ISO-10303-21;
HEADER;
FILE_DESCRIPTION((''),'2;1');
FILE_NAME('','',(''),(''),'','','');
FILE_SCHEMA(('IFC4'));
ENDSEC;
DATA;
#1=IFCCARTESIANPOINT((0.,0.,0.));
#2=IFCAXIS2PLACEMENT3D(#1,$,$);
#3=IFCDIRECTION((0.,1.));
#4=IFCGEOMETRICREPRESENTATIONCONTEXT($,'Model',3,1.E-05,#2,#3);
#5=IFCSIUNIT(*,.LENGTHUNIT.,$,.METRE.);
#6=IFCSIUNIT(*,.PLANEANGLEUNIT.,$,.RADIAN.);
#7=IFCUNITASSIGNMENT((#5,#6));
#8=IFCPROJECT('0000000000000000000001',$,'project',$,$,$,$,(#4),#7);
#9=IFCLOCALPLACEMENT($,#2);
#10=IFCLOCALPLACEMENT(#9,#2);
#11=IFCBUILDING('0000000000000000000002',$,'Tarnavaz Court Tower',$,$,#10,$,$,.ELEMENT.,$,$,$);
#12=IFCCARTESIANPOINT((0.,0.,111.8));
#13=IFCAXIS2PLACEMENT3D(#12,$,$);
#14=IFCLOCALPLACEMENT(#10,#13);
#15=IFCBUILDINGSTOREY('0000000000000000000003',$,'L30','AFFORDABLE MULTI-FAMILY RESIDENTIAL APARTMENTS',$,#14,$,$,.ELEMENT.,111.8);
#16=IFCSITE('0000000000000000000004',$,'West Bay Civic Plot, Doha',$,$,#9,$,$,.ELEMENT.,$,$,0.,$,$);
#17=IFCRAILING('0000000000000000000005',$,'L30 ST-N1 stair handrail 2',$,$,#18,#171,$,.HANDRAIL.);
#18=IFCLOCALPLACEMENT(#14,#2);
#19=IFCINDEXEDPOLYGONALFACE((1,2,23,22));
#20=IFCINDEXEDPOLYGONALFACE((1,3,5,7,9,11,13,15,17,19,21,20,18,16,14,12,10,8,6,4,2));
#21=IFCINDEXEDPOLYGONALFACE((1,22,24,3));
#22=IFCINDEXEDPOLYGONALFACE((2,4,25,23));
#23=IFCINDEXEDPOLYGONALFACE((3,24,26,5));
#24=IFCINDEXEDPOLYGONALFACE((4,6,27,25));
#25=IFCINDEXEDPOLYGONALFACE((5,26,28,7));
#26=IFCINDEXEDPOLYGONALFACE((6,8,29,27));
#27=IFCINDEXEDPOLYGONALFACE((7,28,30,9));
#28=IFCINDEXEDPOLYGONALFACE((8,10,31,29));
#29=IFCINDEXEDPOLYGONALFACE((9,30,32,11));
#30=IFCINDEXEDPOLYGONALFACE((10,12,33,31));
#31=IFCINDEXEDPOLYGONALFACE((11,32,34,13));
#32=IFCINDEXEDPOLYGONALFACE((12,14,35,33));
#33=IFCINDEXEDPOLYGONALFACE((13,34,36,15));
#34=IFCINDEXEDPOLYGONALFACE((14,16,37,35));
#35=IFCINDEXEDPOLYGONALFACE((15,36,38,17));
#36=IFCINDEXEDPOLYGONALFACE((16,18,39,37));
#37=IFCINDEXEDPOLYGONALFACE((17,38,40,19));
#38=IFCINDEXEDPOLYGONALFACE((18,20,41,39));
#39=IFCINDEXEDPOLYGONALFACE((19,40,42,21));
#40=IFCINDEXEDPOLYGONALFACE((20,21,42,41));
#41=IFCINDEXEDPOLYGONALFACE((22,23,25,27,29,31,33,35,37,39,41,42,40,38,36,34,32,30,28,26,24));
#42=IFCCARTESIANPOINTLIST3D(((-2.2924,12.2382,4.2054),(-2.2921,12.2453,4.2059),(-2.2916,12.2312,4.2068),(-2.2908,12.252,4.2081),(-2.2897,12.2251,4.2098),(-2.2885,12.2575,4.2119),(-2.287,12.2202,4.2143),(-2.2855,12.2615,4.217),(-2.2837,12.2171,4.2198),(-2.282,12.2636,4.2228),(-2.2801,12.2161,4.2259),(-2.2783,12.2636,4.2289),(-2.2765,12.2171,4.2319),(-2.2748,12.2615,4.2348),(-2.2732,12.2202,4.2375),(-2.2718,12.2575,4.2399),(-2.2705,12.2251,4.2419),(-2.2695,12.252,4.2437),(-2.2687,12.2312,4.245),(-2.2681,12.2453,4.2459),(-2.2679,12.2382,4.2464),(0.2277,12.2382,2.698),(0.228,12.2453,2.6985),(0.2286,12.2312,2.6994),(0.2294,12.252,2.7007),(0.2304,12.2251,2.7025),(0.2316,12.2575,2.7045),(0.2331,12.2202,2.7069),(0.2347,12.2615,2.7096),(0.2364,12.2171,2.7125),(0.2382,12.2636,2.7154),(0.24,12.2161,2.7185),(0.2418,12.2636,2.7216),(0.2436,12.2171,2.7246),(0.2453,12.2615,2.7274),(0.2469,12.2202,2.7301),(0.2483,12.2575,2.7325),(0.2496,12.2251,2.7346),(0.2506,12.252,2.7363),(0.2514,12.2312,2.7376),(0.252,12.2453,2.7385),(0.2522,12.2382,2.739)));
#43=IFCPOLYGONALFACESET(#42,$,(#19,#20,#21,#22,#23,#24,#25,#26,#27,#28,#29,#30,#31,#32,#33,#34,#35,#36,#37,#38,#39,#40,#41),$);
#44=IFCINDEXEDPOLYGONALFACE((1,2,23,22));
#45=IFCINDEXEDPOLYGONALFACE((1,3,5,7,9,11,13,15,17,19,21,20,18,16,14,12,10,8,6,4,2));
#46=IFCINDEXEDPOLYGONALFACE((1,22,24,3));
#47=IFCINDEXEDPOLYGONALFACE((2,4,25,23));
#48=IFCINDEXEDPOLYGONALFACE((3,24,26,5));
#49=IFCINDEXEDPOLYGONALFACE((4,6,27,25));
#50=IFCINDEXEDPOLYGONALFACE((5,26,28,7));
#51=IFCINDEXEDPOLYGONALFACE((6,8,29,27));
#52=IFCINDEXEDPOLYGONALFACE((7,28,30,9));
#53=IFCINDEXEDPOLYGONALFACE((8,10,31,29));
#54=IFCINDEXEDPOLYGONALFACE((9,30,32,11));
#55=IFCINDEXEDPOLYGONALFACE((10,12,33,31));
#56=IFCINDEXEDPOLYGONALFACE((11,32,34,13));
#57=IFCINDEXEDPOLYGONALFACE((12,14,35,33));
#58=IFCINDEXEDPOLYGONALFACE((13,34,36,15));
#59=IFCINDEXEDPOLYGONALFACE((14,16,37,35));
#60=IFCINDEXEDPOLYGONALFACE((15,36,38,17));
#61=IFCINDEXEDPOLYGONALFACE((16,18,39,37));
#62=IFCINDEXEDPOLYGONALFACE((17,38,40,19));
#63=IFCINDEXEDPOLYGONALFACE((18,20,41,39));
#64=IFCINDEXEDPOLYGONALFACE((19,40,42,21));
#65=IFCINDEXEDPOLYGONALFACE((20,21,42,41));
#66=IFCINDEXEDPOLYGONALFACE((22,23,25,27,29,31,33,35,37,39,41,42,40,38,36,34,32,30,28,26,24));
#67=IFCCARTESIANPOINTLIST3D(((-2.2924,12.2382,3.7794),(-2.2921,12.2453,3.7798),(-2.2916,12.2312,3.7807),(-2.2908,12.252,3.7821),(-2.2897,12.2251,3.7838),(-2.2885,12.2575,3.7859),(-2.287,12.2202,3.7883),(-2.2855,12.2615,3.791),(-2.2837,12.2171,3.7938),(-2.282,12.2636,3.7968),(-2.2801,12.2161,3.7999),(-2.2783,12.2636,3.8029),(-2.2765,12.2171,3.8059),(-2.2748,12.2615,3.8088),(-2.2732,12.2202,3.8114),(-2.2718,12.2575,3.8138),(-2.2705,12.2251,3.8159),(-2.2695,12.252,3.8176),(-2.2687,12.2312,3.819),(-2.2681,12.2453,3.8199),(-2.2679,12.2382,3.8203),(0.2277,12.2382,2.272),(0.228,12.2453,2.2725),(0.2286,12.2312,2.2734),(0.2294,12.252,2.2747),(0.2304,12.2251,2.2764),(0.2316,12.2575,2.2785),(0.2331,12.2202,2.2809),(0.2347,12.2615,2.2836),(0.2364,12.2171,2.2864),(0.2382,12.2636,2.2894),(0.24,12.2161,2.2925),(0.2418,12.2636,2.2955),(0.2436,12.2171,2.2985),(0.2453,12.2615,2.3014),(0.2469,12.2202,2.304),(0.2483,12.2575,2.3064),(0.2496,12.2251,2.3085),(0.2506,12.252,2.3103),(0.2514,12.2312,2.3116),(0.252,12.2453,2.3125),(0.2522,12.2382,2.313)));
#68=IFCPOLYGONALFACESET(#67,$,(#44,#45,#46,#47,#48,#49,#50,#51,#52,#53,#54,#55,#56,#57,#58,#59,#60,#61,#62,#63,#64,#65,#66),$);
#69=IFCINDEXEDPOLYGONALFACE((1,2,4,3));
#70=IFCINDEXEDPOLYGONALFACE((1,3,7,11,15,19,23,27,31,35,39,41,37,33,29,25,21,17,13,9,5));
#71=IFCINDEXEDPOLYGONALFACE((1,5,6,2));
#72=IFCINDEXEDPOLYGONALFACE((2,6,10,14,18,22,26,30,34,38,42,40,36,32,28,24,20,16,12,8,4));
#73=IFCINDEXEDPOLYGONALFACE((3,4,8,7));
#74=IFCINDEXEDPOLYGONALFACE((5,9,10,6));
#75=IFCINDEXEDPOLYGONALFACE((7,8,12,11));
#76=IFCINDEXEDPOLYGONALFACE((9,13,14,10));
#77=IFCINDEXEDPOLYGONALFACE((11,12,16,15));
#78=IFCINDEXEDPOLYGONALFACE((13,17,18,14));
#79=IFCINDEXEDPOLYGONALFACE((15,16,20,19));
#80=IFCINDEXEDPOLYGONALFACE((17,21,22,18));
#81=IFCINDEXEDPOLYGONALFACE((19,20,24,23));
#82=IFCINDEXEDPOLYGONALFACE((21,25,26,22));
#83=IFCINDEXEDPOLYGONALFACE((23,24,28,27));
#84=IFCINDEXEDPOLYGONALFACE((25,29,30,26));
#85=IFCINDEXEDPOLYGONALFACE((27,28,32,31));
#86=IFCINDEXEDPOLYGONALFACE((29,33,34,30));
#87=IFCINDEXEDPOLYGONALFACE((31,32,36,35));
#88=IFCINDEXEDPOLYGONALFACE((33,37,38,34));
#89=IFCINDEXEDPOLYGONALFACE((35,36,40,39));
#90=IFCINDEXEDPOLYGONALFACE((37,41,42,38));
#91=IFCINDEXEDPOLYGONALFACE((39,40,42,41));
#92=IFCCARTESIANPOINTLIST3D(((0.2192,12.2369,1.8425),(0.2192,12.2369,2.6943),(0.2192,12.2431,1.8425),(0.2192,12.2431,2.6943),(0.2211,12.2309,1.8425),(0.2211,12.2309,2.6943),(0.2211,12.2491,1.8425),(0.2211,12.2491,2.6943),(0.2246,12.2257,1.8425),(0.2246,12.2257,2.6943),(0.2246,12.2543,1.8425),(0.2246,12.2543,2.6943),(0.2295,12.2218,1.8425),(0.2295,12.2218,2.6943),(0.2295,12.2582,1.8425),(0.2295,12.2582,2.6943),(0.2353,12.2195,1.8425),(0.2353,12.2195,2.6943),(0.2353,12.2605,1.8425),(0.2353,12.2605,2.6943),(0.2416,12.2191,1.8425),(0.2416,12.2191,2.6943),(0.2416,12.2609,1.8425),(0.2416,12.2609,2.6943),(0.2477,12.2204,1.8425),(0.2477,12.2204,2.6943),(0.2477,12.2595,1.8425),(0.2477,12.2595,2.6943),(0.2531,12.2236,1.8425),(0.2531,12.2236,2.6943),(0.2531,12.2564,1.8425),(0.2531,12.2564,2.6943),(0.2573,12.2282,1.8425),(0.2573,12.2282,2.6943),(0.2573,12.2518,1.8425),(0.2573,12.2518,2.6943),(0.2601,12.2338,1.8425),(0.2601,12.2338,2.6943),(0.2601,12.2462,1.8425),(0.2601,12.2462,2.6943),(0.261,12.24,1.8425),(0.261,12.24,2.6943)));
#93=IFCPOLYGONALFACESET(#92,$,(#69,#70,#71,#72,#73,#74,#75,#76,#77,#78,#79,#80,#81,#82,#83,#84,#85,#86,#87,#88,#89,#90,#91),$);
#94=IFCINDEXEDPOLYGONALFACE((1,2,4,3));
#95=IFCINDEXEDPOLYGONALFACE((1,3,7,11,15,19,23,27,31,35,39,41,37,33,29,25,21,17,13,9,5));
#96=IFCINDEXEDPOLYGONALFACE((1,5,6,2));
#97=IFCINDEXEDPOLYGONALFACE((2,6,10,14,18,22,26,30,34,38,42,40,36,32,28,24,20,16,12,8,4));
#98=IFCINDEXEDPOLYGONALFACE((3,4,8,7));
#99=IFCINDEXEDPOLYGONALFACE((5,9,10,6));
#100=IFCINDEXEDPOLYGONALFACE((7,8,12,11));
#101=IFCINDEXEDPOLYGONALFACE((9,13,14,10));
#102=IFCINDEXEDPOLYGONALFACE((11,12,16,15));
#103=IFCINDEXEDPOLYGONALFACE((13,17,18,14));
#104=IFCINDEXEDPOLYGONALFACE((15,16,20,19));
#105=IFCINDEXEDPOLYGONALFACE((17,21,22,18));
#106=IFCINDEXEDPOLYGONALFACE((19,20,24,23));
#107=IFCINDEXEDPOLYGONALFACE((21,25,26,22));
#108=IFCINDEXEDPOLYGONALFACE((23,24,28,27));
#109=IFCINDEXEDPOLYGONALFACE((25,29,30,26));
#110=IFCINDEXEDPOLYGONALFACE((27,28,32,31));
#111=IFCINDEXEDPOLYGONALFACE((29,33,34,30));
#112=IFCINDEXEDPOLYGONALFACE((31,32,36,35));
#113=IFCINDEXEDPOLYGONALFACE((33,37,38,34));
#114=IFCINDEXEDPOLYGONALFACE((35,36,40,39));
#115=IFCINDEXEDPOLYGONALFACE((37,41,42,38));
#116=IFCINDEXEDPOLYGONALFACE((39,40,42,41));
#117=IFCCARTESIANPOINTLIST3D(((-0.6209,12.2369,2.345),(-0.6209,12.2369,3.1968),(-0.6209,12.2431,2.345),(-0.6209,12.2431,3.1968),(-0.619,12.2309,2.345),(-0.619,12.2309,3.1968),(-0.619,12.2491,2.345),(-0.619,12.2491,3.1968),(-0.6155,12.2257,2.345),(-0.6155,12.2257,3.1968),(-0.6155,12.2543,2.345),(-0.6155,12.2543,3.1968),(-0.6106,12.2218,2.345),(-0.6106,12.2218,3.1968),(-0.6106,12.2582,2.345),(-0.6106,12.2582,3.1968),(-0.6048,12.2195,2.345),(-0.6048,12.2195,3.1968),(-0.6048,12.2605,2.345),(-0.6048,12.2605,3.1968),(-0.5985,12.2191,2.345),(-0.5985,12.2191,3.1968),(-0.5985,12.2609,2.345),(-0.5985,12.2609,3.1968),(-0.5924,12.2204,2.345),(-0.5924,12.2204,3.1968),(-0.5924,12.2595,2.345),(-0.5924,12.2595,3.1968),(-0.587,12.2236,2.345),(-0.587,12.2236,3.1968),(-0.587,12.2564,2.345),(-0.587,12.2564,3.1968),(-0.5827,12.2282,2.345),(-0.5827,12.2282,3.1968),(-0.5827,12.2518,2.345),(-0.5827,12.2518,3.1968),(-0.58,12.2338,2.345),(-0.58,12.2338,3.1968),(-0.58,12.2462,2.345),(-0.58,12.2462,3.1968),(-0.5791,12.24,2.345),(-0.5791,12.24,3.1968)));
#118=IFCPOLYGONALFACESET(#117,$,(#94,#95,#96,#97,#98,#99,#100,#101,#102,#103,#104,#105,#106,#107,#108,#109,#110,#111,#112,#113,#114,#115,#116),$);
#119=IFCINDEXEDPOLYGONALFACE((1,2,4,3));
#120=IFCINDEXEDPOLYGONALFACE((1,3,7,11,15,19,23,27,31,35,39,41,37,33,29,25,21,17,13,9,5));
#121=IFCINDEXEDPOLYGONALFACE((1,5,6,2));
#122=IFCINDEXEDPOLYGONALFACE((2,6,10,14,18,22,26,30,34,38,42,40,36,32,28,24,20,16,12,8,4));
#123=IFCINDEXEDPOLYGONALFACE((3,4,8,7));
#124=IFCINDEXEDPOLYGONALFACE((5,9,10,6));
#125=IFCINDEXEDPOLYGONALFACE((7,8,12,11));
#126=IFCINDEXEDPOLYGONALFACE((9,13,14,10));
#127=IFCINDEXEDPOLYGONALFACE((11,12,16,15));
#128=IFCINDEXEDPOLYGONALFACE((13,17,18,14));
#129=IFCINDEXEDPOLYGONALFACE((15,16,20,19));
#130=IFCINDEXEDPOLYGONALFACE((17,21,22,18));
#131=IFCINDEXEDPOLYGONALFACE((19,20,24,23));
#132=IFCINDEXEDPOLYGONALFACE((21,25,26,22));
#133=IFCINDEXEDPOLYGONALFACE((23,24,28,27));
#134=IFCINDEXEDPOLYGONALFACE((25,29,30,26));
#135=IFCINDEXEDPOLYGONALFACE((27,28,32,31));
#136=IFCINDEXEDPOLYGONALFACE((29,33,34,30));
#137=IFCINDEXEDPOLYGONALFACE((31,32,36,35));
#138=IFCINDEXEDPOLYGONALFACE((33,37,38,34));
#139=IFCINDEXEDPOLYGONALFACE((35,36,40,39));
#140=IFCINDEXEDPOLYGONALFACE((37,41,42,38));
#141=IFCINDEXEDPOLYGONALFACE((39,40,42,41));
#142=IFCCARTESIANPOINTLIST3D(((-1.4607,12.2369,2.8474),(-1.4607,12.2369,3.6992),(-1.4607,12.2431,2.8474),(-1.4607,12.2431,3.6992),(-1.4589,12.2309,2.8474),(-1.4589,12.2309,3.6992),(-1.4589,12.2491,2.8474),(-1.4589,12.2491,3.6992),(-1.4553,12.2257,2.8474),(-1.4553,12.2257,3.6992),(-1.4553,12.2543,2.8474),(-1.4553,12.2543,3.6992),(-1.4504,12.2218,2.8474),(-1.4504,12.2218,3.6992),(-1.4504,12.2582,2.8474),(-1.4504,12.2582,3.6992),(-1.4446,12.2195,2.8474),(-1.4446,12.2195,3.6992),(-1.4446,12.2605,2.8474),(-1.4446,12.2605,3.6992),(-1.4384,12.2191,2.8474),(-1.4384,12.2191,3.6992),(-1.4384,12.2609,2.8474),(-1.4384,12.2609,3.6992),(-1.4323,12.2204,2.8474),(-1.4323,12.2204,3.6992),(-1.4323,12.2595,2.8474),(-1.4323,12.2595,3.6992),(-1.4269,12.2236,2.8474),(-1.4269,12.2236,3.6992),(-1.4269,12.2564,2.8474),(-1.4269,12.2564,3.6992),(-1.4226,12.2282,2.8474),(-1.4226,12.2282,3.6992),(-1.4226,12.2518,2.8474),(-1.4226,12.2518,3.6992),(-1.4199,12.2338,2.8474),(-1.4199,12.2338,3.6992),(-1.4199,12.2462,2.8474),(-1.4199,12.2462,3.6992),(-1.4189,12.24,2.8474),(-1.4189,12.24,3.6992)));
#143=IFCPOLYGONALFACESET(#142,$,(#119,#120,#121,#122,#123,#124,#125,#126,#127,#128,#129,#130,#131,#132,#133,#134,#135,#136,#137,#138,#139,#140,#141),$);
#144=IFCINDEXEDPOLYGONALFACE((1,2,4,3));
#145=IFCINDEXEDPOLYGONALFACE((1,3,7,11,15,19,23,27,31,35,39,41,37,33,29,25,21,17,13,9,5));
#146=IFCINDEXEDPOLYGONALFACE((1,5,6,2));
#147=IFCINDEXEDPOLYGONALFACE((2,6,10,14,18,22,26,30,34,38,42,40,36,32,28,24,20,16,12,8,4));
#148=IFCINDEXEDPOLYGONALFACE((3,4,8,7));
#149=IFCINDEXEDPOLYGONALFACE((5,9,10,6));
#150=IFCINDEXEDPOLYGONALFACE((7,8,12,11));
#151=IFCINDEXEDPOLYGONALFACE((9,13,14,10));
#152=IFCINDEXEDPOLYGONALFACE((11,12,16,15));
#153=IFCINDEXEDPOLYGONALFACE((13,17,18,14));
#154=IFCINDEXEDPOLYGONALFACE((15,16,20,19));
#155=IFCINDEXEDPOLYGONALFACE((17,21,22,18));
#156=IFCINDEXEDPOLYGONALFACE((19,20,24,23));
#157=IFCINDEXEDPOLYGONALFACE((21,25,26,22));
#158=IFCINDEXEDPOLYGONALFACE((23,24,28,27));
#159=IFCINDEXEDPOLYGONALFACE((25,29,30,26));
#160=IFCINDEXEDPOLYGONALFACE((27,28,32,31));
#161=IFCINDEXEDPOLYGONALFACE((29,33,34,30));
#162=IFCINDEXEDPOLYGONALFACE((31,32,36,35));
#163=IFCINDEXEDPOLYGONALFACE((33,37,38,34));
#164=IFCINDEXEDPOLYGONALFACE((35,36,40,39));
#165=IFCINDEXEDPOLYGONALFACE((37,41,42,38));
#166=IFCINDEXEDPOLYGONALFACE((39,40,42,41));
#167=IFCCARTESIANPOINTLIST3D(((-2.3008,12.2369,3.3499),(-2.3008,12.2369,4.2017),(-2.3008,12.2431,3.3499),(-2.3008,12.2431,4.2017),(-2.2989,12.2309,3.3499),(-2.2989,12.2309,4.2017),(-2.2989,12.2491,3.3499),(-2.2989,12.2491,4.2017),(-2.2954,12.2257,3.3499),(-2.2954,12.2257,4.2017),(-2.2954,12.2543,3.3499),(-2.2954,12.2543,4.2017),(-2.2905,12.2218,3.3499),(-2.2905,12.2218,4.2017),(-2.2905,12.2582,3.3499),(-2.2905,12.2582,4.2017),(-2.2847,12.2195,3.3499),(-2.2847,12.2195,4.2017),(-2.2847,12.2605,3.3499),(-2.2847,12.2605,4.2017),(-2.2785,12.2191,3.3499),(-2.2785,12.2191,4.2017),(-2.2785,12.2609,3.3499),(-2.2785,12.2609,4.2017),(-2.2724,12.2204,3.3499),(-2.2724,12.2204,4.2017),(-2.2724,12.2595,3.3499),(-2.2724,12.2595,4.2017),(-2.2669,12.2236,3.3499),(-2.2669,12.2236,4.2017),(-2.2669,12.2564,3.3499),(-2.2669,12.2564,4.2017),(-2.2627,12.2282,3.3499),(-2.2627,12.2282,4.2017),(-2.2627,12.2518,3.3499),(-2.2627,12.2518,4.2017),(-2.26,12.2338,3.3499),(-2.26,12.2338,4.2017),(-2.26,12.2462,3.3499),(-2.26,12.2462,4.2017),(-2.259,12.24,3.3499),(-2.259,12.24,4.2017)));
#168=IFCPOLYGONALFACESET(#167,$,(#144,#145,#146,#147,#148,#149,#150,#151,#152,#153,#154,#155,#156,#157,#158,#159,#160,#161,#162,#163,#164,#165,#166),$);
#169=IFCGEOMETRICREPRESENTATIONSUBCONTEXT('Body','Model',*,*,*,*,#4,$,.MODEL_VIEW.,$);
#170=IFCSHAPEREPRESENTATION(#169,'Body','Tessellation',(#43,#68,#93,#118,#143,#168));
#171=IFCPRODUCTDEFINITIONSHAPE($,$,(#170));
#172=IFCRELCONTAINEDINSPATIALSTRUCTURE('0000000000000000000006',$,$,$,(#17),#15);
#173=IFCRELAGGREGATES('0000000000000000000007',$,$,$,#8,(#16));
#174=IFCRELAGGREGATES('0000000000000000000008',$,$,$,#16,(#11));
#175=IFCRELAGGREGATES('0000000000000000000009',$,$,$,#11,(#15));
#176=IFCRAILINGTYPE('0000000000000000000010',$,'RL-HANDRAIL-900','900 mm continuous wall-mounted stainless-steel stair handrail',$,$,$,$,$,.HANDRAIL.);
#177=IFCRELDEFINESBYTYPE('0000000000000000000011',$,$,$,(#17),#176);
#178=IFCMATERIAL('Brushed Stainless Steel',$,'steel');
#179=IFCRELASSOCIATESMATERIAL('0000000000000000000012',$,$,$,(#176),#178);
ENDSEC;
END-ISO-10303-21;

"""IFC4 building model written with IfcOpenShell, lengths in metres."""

from ifc_helpers import new_model, si_unit, direction, frame, origin, origin_2d, place, context, subcontext, project, spatial, circle, extrude, material, type_object, element, save


model = new_model("IFC4")

# Units and contexts
model_context = context("Model", 3, precision=1e-05, world=origin(), true_north=direction((0.0, 1.0)))
body_context = subcontext(model_context, "Body", "Model", "MODEL_VIEW")
ifc_project = project(units=[si_unit("LENGTHUNIT", "METRE"), si_unit("PLANEANGLEUNIT", "RADIAN")], contexts=[model_context])

# Site, building, storey
site_placement = place(None, origin())
site = spatial("IfcSite", under=ifc_project, at=site_placement, Name="West Bay Civic Plot, Doha", CompositionType="ELEMENT", RefElevation=0.0)
building_placement = place(site_placement, origin())
building = spatial("IfcBuilding", under=site, at=building_placement, Name="Tarnavaz Court Tower", CompositionType="ELEMENT")
storey_placement = place(building_placement, frame((0.0, 0.0, 111.8)))
storey = spatial("IfcBuildingStorey", under=building, at=storey_placement, Name="L30", Description="AFFORDABLE MULTI-FAMILY RESIDENTIAL APARTMENTS", CompositionType="ELEMENT", Elevation=111.8)

# Railing
ifc_material_1 = material(Name="Brushed Stainless Steel", Category="steel")
railing_type_1 = type_object("IfcRailingType", Name="RL-HANDRAIL-900", Description="900 mm continuous wall-mounted stainless-steel stair handrail", PredefinedType="HANDRAIL", material=ifc_material_1)
railing_1_placement = place(storey_placement, frame((0.24, 12.24, 1.8425)))
element("IfcRailing", 1, at=railing_1_placement, inside=storey, type_object=railing_type_1, Name="L30 ST-N1 stair handrail 2", PredefinedType="HANDRAIL", context=body_context, shape_type="SweptSolid", body=[
    extrude(circle(Radius=0.0239, at=origin_2d()), frame((0.0, 0.0, 0.876), z_axis=(-0.858196, 0.0, 0.513321), x_axis=(0.0, -1.0, 0.0)), (0.0, 0.0, 1.0), 2.9365),
    extrude(circle(Radius=0.0239, at=origin_2d()), frame((0.0, 0.0, 0.45), z_axis=(-0.858196, 0.0, 0.513321), x_axis=(0.0, -1.0, 0.0)), (0.0, 0.0, 1.0), 2.9365),
    extrude(circle(Radius=0.021, at=origin_2d()), origin(), (0.0, 0.0, 1.0), 0.8518),
    extrude(circle(Radius=0.021, at=origin_2d()), frame((-0.8401, 0.0, 0.5024)), (0.0, 0.0, 1.0), 0.8518),
    extrude(circle(Radius=0.021, at=origin_2d()), frame((-1.6799, 0.0, 1.0049)), (0.0, 0.0, 1.0), 0.8518),
    extrude(circle(Radius=0.021, at=origin_2d()), frame((-2.52, 0.0, 1.5073)), (0.0, 0.0, 1.0), 0.8518),
])

save(model, "model.ifc")
